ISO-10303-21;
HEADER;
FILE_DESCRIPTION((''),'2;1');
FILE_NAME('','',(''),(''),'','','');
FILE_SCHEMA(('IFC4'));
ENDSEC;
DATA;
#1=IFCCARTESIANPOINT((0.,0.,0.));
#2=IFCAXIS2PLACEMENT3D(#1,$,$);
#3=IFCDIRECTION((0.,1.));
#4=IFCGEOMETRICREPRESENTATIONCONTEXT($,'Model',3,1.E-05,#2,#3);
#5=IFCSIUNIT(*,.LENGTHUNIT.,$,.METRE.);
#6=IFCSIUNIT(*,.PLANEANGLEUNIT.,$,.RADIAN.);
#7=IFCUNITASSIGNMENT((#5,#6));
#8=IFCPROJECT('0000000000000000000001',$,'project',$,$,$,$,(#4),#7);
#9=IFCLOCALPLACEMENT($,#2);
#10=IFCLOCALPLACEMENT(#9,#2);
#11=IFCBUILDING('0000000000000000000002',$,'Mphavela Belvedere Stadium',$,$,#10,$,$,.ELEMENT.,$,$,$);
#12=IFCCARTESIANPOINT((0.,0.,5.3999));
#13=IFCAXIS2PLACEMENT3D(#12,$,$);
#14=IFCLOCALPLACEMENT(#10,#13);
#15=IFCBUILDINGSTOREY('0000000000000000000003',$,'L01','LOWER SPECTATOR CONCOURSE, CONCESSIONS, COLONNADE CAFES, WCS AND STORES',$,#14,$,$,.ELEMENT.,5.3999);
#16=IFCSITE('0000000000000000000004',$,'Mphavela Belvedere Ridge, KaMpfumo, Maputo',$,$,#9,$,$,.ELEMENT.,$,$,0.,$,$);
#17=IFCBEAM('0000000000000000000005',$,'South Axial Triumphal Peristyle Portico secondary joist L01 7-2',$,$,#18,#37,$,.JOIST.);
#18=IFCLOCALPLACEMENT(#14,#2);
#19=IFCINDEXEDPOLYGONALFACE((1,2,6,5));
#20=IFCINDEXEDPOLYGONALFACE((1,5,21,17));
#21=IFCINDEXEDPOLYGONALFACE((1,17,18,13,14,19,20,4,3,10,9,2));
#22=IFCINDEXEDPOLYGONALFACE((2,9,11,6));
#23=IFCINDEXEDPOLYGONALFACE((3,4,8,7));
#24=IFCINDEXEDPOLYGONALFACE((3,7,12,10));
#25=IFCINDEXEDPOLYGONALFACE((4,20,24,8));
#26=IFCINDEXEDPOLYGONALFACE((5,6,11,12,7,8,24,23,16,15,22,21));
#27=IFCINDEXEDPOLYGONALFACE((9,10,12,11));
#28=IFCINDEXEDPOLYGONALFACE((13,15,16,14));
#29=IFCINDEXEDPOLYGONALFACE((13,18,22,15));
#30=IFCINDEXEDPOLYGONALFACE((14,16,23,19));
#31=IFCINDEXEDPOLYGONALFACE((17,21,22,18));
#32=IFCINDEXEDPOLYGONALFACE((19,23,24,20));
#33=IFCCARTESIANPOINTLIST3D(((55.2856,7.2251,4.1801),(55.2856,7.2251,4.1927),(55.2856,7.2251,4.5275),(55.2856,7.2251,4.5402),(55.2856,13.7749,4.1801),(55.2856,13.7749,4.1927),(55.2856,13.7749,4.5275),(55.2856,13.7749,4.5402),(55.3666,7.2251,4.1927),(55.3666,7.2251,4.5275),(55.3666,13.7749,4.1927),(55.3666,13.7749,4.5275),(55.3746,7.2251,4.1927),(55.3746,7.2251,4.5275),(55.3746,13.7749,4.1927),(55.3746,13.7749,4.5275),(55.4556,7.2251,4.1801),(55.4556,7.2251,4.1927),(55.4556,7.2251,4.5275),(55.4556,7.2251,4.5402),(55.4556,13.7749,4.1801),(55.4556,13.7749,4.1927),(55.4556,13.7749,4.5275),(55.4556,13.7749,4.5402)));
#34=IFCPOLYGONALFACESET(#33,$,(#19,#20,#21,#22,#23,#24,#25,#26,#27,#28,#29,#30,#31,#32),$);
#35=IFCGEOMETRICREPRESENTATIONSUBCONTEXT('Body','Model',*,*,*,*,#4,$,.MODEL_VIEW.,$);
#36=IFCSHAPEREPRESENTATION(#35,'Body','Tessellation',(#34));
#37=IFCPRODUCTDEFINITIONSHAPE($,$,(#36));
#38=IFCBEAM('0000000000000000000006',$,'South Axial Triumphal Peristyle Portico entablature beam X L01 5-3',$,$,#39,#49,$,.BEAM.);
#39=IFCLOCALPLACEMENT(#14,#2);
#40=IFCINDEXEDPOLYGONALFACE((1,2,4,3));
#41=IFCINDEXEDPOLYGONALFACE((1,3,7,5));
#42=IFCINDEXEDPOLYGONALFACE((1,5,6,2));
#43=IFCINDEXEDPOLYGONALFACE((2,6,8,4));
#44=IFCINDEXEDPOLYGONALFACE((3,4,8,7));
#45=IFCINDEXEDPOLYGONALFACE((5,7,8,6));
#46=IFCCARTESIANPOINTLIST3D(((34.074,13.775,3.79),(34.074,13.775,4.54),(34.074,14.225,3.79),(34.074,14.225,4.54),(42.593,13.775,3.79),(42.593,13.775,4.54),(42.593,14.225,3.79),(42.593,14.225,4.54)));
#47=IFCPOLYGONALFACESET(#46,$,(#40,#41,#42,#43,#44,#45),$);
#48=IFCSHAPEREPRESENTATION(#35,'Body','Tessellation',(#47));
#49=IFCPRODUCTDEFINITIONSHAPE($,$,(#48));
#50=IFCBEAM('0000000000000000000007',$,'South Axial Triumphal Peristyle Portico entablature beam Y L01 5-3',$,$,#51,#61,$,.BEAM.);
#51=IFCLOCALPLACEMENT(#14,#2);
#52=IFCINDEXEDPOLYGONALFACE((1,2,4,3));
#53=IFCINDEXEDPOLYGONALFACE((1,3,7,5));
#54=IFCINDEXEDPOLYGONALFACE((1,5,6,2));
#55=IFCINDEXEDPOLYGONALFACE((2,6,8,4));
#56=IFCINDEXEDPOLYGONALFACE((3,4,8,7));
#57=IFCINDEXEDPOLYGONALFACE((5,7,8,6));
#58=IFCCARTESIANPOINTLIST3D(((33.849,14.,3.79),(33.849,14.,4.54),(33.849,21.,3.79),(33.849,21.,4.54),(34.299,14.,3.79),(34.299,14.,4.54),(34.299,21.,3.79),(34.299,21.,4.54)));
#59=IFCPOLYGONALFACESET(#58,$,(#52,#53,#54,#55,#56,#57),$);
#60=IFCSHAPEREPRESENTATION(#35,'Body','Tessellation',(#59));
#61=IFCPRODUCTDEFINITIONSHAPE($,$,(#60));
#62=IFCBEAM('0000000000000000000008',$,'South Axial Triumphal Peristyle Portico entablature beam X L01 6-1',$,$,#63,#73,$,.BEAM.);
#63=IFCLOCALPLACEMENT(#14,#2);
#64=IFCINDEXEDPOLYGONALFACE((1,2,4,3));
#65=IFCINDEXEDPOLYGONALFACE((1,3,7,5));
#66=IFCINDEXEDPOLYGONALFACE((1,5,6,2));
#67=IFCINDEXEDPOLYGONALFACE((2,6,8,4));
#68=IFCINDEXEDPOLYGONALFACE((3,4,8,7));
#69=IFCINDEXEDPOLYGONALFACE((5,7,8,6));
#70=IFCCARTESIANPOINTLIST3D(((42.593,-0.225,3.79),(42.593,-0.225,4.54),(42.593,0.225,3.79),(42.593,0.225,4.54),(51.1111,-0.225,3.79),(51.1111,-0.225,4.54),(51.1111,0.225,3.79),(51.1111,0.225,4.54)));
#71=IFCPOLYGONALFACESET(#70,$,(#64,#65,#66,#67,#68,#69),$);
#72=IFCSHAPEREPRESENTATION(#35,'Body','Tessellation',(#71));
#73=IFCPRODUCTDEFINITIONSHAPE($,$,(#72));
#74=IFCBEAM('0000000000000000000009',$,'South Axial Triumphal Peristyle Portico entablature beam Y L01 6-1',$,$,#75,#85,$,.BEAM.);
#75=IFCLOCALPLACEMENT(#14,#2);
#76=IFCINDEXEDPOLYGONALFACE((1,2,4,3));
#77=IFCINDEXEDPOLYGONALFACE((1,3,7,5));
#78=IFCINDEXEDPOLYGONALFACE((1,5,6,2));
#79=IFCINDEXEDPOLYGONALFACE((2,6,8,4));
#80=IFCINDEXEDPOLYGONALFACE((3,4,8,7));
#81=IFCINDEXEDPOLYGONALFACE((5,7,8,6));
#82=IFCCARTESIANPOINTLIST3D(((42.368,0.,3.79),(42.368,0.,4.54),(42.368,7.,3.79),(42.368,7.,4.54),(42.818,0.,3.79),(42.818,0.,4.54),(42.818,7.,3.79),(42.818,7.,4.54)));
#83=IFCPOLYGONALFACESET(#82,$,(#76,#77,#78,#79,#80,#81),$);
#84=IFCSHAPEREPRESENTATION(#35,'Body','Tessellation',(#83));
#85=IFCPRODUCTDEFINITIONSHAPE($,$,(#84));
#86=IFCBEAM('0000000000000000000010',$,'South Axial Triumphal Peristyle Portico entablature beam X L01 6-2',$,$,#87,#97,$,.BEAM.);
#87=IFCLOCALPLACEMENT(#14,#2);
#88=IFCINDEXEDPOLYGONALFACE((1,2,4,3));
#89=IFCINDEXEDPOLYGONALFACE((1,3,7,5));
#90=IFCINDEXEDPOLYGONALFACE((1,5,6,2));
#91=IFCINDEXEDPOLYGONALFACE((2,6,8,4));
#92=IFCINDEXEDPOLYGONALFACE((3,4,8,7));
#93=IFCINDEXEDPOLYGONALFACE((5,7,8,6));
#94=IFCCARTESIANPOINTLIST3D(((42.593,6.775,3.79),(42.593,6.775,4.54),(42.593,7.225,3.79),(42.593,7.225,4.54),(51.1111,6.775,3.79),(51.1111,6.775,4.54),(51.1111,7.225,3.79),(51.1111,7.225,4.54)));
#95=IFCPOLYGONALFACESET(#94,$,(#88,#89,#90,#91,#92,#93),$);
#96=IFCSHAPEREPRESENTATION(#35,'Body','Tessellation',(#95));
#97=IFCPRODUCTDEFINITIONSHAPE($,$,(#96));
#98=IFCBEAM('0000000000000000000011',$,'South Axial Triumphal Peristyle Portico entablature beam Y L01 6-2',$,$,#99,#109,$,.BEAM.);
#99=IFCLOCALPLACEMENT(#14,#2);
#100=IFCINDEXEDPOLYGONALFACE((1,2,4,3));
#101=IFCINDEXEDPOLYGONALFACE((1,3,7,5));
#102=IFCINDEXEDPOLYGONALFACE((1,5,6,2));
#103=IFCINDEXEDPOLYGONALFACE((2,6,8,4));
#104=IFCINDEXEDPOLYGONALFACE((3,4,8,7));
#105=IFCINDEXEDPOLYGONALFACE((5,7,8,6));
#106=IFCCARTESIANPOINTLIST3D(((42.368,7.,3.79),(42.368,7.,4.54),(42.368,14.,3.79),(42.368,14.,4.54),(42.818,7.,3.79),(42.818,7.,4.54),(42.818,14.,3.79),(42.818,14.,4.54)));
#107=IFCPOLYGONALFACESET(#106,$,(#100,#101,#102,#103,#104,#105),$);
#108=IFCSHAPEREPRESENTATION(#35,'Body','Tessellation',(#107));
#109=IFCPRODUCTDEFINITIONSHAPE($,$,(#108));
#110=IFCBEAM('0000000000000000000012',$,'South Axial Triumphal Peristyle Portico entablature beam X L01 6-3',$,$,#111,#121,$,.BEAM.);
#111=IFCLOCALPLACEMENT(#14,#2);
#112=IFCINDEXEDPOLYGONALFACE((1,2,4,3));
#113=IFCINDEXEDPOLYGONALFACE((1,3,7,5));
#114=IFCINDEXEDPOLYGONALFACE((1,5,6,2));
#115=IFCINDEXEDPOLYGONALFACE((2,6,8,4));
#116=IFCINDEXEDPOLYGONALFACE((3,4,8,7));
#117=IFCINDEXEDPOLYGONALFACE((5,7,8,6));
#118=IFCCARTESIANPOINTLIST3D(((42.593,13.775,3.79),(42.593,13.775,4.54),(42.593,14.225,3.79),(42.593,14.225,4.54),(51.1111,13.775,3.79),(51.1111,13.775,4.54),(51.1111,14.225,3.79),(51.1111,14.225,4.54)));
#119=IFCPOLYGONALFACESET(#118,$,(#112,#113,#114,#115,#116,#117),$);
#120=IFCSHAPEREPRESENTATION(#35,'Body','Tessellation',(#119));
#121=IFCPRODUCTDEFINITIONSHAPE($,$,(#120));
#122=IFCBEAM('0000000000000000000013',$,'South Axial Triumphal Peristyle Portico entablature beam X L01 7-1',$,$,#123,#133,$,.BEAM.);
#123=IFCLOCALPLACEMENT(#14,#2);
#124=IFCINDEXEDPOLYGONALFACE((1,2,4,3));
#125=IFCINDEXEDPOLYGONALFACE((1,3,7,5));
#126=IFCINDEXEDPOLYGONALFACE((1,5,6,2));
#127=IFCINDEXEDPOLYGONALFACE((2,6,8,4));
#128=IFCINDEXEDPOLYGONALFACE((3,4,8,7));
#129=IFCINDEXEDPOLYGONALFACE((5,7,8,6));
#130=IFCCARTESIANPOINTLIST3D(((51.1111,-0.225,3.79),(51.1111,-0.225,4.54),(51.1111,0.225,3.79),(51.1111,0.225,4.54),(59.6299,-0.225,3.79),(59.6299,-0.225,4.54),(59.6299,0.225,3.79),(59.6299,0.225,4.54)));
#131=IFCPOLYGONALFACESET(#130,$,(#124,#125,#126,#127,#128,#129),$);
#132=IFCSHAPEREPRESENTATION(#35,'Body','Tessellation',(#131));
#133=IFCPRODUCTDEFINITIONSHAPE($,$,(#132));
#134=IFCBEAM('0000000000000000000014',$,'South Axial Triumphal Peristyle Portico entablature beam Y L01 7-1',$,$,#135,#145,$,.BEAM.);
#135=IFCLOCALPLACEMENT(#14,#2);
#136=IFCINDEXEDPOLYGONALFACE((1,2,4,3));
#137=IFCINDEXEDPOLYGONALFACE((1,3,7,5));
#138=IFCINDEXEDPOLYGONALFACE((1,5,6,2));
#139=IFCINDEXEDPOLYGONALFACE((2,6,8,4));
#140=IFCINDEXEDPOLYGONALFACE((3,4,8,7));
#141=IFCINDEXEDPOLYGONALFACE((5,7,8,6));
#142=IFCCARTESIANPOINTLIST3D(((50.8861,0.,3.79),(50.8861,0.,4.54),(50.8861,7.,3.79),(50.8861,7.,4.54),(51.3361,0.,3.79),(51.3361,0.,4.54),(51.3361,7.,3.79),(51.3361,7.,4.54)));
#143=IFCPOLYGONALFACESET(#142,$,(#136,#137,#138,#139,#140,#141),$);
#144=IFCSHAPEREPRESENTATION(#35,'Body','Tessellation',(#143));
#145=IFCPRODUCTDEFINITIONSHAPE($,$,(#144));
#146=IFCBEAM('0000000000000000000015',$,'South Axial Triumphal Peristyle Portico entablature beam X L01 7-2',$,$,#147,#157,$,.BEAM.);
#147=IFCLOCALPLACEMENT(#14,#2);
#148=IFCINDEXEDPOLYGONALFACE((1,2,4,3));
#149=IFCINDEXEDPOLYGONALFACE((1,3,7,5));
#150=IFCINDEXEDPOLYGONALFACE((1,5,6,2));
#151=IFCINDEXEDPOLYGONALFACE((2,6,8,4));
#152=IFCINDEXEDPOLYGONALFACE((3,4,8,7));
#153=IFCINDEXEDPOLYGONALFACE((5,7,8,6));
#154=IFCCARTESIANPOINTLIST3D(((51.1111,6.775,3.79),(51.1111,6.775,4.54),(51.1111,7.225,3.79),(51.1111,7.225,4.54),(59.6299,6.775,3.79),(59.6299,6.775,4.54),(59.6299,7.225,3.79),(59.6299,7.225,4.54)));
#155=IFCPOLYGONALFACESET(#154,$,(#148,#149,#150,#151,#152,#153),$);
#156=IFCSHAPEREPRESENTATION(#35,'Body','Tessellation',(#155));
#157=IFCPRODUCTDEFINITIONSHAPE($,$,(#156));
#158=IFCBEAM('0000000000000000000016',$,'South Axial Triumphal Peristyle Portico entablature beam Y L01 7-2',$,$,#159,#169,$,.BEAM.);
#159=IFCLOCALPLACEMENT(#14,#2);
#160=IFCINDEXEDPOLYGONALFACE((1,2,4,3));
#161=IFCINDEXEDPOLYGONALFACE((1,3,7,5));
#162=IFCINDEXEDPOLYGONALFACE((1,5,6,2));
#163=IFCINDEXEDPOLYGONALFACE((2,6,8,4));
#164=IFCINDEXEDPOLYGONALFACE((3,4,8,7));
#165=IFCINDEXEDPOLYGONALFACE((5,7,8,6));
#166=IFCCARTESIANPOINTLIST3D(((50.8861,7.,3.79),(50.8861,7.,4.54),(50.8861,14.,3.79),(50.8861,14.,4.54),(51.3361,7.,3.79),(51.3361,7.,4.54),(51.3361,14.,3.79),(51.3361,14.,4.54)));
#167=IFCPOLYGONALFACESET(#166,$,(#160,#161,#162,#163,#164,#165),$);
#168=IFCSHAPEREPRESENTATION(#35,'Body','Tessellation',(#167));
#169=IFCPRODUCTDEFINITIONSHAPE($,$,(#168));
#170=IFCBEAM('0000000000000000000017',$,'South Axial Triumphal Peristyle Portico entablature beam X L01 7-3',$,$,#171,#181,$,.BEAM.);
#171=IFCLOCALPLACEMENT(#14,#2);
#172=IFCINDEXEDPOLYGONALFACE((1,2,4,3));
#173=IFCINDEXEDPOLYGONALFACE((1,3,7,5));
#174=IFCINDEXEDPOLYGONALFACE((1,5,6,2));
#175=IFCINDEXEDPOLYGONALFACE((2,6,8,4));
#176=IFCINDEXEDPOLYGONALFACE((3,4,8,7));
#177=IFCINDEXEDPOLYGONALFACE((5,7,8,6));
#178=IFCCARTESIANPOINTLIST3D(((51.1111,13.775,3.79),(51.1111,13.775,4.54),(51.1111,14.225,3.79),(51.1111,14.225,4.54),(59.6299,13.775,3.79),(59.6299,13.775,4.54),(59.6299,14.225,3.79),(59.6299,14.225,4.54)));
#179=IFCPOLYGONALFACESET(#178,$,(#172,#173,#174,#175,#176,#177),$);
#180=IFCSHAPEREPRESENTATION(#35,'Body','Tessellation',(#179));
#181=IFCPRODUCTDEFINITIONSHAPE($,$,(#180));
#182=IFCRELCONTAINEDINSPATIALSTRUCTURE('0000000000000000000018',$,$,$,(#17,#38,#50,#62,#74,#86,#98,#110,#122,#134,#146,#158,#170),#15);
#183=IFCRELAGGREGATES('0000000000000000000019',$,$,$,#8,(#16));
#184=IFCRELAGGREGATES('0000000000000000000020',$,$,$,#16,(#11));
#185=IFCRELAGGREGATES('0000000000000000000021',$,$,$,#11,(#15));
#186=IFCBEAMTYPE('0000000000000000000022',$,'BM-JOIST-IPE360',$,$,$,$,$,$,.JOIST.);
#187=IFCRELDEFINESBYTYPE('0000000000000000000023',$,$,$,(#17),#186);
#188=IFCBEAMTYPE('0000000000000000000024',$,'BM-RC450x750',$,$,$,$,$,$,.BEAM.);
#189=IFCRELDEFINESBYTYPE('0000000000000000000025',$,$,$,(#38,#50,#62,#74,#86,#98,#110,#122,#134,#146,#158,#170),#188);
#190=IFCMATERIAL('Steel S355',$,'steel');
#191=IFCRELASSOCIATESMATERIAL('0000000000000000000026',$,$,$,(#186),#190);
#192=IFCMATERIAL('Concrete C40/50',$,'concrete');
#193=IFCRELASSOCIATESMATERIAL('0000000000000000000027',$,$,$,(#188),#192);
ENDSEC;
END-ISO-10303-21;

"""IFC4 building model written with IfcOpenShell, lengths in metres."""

from ifc_helpers import new_model, si_unit, direction, frame, origin, origin_2d, place, context, subcontext, project, spatial, rectangle, i_section, extrude, material, material_profile, profile_set, type_object, element, save


model = new_model("IFC4")

# Units and contexts
model_context = context("Model", 3, precision=1e-05, world=origin(), true_north=direction((0.0, 1.0)))
body_context = subcontext(model_context, "Body", "Model", "MODEL_VIEW")
ifc_project = project(units=[si_unit("LENGTHUNIT", "METRE"), si_unit("PLANEANGLEUNIT", "RADIAN")], contexts=[model_context])

# Site, building, storey
site_placement = place(None, origin())
site = spatial("IfcSite", under=ifc_project, at=site_placement, Name="Mphavela Belvedere Ridge, KaMpfumo, Maputo", CompositionType="ELEMENT", RefElevation=0.0)
building_placement = place(site_placement, origin())
building = spatial("IfcBuilding", under=site, at=building_placement, Name="Mphavela Belvedere Stadium", CompositionType="ELEMENT")
storey_placement = place(building_placement, frame((0.0, 0.0, 5.3999)))
storey = spatial("IfcBuildingStorey", under=building, at=storey_placement, Name="L01", Description="LOWER SPECTATOR CONCOURSE, CONCESSIONS, COLONNADE CAFES, WCS AND STORES", CompositionType="ELEMENT", Elevation=5.3999)

# Beams
ifc_material_1 = material(Name="Steel S355", Category="steel")
ifc_material_profile_1 = material_profile(ifc_material_1, i_section(OverallWidth=0.1699, OverallDepth=0.3601, WebThickness=0.0081, FlangeThickness=0.0127, at=origin_2d()), Name="IPE 360")
ifc_profile_set_1 = profile_set([ifc_material_profile_1], Name="Steel S355")
beam_type_1 = type_object("IfcBeamType", Name="BM-JOIST-IPE360", PredefinedType="JOIST", material=ifc_profile_set_1)
for number, where, z_axis, x_axis, name in (
    (1, (55.3706, 7.2251, 4.3601), (0.0, 1.0, 0.0), (-1.0, 0.0, 0.0), "South Axial Triumphal Peristyle Portico secondary joist L01 7-2"),
):
    element("IfcBeam", number, at=place(storey_placement, frame(where, z_axis=z_axis, x_axis=x_axis)), inside=storey, type_object=beam_type_1, Name=name, PredefinedType="JOIST", context=body_context, shape_type="SweptSolid", body=[
        extrude(i_section(OverallWidth=0.1699, OverallDepth=0.3601, WebThickness=0.0081, FlangeThickness=0.0127, at=origin_2d()), origin(), (0.0, 0.0, 1.0), 6.5498),
    ])
ifc_material_2 = material(Name="Concrete C40/50", Category="concrete")
ifc_material_profile_2 = material_profile(ifc_material_2, rectangle(XDim=0.45, YDim=0.75, at=origin_2d()), Name="RC 450x750")
ifc_profile_set_2 = profile_set([ifc_material_profile_2], Name="Concrete C40/50")
beam_type_2 = type_object("IfcBeamType", Name="BM-RC450x750", PredefinedType="BEAM", material=ifc_profile_set_2)
beam_1_placement = place(storey_placement, frame((34.074, 14.0, 4.165), z_axis=(1.0, 0.0, 0.0), x_axis=(0.0, 1.0, 0.0)))
element("IfcBeam", 2, at=beam_1_placement, inside=storey, type_object=beam_type_2, Name="South Axial Triumphal Peristyle Portico entablature beam X L01 5-3", PredefinedType="BEAM", context=body_context, shape_type="SweptSolid", body=[
    extrude(rectangle(XDim=0.45, YDim=0.75, at=origin_2d()), origin(), (0.0, 0.0, 1.0), 8.519),
])
beam_2_placement = place(storey_placement, frame((34.074, 14.0, 4.165), z_axis=(0.0, 1.0, 0.0), x_axis=(-1.0, 0.0, 0.0)))
element("IfcBeam", 3, at=beam_2_placement, inside=storey, type_object=beam_type_2, Name="South Axial Triumphal Peristyle Portico entablature beam Y L01 5-3", PredefinedType="BEAM", context=body_context, shape_type="SweptSolid", body=[
    extrude(rectangle(XDim=0.45, YDim=0.75, at=origin_2d()), origin(), (0.0, 0.0, 1.0), 7.0),
])
beam_3_placement = place(storey_placement, frame((42.593, 0.0, 4.165), z_axis=(1.0, 0.0, 0.0), x_axis=(0.0, 1.0, 0.0)))
element("IfcBeam", 4, at=beam_3_placement, inside=storey, type_object=beam_type_2, Name="South Axial Triumphal Peristyle Portico entablature beam X L01 6-1", PredefinedType="BEAM", context=body_context, shape_type="SweptSolid", body=[
    extrude(rectangle(XDim=0.45, YDim=0.75, at=origin_2d()), origin(), (0.0, 0.0, 1.0), 8.5181),
])
beam_4_placement = place(storey_placement, frame((42.593, 0.0, 4.165), z_axis=(0.0, 1.0, 0.0), x_axis=(-1.0, 0.0, 0.0)))
element("IfcBeam", 5, at=beam_4_placement, inside=storey, type_object=beam_type_2, Name="South Axial Triumphal Peristyle Portico entablature beam Y L01 6-1", PredefinedType="BEAM", context=body_context, shape_type="SweptSolid", body=[
    extrude(rectangle(XDim=0.45, YDim=0.75, at=origin_2d()), origin(), (0.0, 0.0, 1.0), 7.0),
])
beam_5_placement = place(storey_placement, frame((42.593, 7.0, 4.165), z_axis=(1.0, 0.0, 0.0), x_axis=(0.0, 1.0, 0.0)))
element("IfcBeam", 6, at=beam_5_placement, inside=storey, type_object=beam_type_2, Name="South Axial Triumphal Peristyle Portico entablature beam X L01 6-2", PredefinedType="BEAM", context=body_context, shape_type="SweptSolid", body=[
    extrude(rectangle(XDim=0.45, YDim=0.75, at=origin_2d()), origin(), (0.0, 0.0, 1.0), 8.5181),
])
beam_6_placement = place(storey_placement, frame((42.593, 7.0, 4.165), z_axis=(0.0, 1.0, 0.0), x_axis=(-1.0, 0.0, 0.0)))
element("IfcBeam", 7, at=beam_6_placement, inside=storey, type_object=beam_type_2, Name="South Axial Triumphal Peristyle Portico entablature beam Y L01 6-2", PredefinedType="BEAM", context=body_context, shape_type="SweptSolid", body=[
    extrude(rectangle(XDim=0.45, YDim=0.75, at=origin_2d()), origin(), (0.0, 0.0, 1.0), 7.0),
])
beam_7_placement = place(storey_placement, frame((42.593, 14.0, 4.165), z_axis=(1.0, 0.0, 0.0), x_axis=(0.0, 1.0, 0.0)))
element("IfcBeam", 8, at=beam_7_placement, inside=storey, type_object=beam_type_2, Name="South Axial Triumphal Peristyle Portico entablature beam X L01 6-3", PredefinedType="BEAM", context=body_context, shape_type="SweptSolid", body=[
    extrude(rectangle(XDim=0.45, YDim=0.75, at=origin_2d()), origin(), (0.0, 0.0, 1.0), 8.5181),
])
beam_8_placement = place(storey_placement, frame((51.1111, 0.0, 4.165), z_axis=(1.0, 0.0, 0.0), x_axis=(0.0, 1.0, 0.0)))
element("IfcBeam", 9, at=beam_8_placement, inside=storey, type_object=beam_type_2, Name="South Axial Triumphal Peristyle Portico entablature beam X L01 7-1", PredefinedType="BEAM", context=body_context, shape_type="SweptSolid", body=[
    extrude(rectangle(XDim=0.45, YDim=0.75, at=origin_2d()), origin(), (0.0, 0.0, 1.0), 8.5188),
])
beam_9_placement = place(storey_placement, frame((51.1111, 0.0, 4.165), z_axis=(0.0, 1.0, 0.0), x_axis=(-1.0, 0.0, 0.0)))
element("IfcBeam", 10, at=beam_9_placement, inside=storey, type_object=beam_type_2, Name="South Axial Triumphal Peristyle Portico entablature beam Y L01 7-1", PredefinedType="BEAM", context=body_context, shape_type="SweptSolid", body=[
    extrude(rectangle(XDim=0.45, YDim=0.75, at=origin_2d()), origin(), (0.0, 0.0, 1.0), 7.0),
])
beam_10_placement = place(storey_placement, frame((51.1111, 7.0, 4.165), z_axis=(1.0, 0.0, 0.0), x_axis=(0.0, 1.0, 0.0)))
element("IfcBeam", 11, at=beam_10_placement, inside=storey, type_object=beam_type_2, Name="South Axial Triumphal Peristyle Portico entablature beam X L01 7-2", PredefinedType="BEAM", context=body_context, shape_type="SweptSolid", body=[
    extrude(rectangle(XDim=0.45, YDim=0.75, at=origin_2d()), origin(), (0.0, 0.0, 1.0), 8.5188),
])
beam_11_placement = place(storey_placement, frame((51.1111, 7.0, 4.165), z_axis=(0.0, 1.0, 0.0), x_axis=(-1.0, 0.0, 0.0)))
element("IfcBeam", 12, at=beam_11_placement, inside=storey, type_object=beam_type_2, Name="South Axial Triumphal Peristyle Portico entablature beam Y L01 7-2", PredefinedType="BEAM", context=body_context, shape_type="SweptSolid", body=[
    extrude(rectangle(XDim=0.45, YDim=0.75, at=origin_2d()), origin(), (0.0, 0.0, 1.0), 7.0),
])
beam_12_placement = place(storey_placement, frame((51.1111, 14.0, 4.165), z_axis=(1.0, 0.0, 0.0), x_axis=(0.0, 1.0, 0.0)))
element("IfcBeam", 13, at=beam_12_placement, inside=storey, type_object=beam_type_2, Name="South Axial Triumphal Peristyle Portico entablature beam X L01 7-3", PredefinedType="BEAM", context=body_context, shape_type="SweptSolid", body=[
    extrude(rectangle(XDim=0.45, YDim=0.75, at=origin_2d()), origin(), (0.0, 0.0, 1.0), 8.5188),
])

save(model, "model.ifc")
